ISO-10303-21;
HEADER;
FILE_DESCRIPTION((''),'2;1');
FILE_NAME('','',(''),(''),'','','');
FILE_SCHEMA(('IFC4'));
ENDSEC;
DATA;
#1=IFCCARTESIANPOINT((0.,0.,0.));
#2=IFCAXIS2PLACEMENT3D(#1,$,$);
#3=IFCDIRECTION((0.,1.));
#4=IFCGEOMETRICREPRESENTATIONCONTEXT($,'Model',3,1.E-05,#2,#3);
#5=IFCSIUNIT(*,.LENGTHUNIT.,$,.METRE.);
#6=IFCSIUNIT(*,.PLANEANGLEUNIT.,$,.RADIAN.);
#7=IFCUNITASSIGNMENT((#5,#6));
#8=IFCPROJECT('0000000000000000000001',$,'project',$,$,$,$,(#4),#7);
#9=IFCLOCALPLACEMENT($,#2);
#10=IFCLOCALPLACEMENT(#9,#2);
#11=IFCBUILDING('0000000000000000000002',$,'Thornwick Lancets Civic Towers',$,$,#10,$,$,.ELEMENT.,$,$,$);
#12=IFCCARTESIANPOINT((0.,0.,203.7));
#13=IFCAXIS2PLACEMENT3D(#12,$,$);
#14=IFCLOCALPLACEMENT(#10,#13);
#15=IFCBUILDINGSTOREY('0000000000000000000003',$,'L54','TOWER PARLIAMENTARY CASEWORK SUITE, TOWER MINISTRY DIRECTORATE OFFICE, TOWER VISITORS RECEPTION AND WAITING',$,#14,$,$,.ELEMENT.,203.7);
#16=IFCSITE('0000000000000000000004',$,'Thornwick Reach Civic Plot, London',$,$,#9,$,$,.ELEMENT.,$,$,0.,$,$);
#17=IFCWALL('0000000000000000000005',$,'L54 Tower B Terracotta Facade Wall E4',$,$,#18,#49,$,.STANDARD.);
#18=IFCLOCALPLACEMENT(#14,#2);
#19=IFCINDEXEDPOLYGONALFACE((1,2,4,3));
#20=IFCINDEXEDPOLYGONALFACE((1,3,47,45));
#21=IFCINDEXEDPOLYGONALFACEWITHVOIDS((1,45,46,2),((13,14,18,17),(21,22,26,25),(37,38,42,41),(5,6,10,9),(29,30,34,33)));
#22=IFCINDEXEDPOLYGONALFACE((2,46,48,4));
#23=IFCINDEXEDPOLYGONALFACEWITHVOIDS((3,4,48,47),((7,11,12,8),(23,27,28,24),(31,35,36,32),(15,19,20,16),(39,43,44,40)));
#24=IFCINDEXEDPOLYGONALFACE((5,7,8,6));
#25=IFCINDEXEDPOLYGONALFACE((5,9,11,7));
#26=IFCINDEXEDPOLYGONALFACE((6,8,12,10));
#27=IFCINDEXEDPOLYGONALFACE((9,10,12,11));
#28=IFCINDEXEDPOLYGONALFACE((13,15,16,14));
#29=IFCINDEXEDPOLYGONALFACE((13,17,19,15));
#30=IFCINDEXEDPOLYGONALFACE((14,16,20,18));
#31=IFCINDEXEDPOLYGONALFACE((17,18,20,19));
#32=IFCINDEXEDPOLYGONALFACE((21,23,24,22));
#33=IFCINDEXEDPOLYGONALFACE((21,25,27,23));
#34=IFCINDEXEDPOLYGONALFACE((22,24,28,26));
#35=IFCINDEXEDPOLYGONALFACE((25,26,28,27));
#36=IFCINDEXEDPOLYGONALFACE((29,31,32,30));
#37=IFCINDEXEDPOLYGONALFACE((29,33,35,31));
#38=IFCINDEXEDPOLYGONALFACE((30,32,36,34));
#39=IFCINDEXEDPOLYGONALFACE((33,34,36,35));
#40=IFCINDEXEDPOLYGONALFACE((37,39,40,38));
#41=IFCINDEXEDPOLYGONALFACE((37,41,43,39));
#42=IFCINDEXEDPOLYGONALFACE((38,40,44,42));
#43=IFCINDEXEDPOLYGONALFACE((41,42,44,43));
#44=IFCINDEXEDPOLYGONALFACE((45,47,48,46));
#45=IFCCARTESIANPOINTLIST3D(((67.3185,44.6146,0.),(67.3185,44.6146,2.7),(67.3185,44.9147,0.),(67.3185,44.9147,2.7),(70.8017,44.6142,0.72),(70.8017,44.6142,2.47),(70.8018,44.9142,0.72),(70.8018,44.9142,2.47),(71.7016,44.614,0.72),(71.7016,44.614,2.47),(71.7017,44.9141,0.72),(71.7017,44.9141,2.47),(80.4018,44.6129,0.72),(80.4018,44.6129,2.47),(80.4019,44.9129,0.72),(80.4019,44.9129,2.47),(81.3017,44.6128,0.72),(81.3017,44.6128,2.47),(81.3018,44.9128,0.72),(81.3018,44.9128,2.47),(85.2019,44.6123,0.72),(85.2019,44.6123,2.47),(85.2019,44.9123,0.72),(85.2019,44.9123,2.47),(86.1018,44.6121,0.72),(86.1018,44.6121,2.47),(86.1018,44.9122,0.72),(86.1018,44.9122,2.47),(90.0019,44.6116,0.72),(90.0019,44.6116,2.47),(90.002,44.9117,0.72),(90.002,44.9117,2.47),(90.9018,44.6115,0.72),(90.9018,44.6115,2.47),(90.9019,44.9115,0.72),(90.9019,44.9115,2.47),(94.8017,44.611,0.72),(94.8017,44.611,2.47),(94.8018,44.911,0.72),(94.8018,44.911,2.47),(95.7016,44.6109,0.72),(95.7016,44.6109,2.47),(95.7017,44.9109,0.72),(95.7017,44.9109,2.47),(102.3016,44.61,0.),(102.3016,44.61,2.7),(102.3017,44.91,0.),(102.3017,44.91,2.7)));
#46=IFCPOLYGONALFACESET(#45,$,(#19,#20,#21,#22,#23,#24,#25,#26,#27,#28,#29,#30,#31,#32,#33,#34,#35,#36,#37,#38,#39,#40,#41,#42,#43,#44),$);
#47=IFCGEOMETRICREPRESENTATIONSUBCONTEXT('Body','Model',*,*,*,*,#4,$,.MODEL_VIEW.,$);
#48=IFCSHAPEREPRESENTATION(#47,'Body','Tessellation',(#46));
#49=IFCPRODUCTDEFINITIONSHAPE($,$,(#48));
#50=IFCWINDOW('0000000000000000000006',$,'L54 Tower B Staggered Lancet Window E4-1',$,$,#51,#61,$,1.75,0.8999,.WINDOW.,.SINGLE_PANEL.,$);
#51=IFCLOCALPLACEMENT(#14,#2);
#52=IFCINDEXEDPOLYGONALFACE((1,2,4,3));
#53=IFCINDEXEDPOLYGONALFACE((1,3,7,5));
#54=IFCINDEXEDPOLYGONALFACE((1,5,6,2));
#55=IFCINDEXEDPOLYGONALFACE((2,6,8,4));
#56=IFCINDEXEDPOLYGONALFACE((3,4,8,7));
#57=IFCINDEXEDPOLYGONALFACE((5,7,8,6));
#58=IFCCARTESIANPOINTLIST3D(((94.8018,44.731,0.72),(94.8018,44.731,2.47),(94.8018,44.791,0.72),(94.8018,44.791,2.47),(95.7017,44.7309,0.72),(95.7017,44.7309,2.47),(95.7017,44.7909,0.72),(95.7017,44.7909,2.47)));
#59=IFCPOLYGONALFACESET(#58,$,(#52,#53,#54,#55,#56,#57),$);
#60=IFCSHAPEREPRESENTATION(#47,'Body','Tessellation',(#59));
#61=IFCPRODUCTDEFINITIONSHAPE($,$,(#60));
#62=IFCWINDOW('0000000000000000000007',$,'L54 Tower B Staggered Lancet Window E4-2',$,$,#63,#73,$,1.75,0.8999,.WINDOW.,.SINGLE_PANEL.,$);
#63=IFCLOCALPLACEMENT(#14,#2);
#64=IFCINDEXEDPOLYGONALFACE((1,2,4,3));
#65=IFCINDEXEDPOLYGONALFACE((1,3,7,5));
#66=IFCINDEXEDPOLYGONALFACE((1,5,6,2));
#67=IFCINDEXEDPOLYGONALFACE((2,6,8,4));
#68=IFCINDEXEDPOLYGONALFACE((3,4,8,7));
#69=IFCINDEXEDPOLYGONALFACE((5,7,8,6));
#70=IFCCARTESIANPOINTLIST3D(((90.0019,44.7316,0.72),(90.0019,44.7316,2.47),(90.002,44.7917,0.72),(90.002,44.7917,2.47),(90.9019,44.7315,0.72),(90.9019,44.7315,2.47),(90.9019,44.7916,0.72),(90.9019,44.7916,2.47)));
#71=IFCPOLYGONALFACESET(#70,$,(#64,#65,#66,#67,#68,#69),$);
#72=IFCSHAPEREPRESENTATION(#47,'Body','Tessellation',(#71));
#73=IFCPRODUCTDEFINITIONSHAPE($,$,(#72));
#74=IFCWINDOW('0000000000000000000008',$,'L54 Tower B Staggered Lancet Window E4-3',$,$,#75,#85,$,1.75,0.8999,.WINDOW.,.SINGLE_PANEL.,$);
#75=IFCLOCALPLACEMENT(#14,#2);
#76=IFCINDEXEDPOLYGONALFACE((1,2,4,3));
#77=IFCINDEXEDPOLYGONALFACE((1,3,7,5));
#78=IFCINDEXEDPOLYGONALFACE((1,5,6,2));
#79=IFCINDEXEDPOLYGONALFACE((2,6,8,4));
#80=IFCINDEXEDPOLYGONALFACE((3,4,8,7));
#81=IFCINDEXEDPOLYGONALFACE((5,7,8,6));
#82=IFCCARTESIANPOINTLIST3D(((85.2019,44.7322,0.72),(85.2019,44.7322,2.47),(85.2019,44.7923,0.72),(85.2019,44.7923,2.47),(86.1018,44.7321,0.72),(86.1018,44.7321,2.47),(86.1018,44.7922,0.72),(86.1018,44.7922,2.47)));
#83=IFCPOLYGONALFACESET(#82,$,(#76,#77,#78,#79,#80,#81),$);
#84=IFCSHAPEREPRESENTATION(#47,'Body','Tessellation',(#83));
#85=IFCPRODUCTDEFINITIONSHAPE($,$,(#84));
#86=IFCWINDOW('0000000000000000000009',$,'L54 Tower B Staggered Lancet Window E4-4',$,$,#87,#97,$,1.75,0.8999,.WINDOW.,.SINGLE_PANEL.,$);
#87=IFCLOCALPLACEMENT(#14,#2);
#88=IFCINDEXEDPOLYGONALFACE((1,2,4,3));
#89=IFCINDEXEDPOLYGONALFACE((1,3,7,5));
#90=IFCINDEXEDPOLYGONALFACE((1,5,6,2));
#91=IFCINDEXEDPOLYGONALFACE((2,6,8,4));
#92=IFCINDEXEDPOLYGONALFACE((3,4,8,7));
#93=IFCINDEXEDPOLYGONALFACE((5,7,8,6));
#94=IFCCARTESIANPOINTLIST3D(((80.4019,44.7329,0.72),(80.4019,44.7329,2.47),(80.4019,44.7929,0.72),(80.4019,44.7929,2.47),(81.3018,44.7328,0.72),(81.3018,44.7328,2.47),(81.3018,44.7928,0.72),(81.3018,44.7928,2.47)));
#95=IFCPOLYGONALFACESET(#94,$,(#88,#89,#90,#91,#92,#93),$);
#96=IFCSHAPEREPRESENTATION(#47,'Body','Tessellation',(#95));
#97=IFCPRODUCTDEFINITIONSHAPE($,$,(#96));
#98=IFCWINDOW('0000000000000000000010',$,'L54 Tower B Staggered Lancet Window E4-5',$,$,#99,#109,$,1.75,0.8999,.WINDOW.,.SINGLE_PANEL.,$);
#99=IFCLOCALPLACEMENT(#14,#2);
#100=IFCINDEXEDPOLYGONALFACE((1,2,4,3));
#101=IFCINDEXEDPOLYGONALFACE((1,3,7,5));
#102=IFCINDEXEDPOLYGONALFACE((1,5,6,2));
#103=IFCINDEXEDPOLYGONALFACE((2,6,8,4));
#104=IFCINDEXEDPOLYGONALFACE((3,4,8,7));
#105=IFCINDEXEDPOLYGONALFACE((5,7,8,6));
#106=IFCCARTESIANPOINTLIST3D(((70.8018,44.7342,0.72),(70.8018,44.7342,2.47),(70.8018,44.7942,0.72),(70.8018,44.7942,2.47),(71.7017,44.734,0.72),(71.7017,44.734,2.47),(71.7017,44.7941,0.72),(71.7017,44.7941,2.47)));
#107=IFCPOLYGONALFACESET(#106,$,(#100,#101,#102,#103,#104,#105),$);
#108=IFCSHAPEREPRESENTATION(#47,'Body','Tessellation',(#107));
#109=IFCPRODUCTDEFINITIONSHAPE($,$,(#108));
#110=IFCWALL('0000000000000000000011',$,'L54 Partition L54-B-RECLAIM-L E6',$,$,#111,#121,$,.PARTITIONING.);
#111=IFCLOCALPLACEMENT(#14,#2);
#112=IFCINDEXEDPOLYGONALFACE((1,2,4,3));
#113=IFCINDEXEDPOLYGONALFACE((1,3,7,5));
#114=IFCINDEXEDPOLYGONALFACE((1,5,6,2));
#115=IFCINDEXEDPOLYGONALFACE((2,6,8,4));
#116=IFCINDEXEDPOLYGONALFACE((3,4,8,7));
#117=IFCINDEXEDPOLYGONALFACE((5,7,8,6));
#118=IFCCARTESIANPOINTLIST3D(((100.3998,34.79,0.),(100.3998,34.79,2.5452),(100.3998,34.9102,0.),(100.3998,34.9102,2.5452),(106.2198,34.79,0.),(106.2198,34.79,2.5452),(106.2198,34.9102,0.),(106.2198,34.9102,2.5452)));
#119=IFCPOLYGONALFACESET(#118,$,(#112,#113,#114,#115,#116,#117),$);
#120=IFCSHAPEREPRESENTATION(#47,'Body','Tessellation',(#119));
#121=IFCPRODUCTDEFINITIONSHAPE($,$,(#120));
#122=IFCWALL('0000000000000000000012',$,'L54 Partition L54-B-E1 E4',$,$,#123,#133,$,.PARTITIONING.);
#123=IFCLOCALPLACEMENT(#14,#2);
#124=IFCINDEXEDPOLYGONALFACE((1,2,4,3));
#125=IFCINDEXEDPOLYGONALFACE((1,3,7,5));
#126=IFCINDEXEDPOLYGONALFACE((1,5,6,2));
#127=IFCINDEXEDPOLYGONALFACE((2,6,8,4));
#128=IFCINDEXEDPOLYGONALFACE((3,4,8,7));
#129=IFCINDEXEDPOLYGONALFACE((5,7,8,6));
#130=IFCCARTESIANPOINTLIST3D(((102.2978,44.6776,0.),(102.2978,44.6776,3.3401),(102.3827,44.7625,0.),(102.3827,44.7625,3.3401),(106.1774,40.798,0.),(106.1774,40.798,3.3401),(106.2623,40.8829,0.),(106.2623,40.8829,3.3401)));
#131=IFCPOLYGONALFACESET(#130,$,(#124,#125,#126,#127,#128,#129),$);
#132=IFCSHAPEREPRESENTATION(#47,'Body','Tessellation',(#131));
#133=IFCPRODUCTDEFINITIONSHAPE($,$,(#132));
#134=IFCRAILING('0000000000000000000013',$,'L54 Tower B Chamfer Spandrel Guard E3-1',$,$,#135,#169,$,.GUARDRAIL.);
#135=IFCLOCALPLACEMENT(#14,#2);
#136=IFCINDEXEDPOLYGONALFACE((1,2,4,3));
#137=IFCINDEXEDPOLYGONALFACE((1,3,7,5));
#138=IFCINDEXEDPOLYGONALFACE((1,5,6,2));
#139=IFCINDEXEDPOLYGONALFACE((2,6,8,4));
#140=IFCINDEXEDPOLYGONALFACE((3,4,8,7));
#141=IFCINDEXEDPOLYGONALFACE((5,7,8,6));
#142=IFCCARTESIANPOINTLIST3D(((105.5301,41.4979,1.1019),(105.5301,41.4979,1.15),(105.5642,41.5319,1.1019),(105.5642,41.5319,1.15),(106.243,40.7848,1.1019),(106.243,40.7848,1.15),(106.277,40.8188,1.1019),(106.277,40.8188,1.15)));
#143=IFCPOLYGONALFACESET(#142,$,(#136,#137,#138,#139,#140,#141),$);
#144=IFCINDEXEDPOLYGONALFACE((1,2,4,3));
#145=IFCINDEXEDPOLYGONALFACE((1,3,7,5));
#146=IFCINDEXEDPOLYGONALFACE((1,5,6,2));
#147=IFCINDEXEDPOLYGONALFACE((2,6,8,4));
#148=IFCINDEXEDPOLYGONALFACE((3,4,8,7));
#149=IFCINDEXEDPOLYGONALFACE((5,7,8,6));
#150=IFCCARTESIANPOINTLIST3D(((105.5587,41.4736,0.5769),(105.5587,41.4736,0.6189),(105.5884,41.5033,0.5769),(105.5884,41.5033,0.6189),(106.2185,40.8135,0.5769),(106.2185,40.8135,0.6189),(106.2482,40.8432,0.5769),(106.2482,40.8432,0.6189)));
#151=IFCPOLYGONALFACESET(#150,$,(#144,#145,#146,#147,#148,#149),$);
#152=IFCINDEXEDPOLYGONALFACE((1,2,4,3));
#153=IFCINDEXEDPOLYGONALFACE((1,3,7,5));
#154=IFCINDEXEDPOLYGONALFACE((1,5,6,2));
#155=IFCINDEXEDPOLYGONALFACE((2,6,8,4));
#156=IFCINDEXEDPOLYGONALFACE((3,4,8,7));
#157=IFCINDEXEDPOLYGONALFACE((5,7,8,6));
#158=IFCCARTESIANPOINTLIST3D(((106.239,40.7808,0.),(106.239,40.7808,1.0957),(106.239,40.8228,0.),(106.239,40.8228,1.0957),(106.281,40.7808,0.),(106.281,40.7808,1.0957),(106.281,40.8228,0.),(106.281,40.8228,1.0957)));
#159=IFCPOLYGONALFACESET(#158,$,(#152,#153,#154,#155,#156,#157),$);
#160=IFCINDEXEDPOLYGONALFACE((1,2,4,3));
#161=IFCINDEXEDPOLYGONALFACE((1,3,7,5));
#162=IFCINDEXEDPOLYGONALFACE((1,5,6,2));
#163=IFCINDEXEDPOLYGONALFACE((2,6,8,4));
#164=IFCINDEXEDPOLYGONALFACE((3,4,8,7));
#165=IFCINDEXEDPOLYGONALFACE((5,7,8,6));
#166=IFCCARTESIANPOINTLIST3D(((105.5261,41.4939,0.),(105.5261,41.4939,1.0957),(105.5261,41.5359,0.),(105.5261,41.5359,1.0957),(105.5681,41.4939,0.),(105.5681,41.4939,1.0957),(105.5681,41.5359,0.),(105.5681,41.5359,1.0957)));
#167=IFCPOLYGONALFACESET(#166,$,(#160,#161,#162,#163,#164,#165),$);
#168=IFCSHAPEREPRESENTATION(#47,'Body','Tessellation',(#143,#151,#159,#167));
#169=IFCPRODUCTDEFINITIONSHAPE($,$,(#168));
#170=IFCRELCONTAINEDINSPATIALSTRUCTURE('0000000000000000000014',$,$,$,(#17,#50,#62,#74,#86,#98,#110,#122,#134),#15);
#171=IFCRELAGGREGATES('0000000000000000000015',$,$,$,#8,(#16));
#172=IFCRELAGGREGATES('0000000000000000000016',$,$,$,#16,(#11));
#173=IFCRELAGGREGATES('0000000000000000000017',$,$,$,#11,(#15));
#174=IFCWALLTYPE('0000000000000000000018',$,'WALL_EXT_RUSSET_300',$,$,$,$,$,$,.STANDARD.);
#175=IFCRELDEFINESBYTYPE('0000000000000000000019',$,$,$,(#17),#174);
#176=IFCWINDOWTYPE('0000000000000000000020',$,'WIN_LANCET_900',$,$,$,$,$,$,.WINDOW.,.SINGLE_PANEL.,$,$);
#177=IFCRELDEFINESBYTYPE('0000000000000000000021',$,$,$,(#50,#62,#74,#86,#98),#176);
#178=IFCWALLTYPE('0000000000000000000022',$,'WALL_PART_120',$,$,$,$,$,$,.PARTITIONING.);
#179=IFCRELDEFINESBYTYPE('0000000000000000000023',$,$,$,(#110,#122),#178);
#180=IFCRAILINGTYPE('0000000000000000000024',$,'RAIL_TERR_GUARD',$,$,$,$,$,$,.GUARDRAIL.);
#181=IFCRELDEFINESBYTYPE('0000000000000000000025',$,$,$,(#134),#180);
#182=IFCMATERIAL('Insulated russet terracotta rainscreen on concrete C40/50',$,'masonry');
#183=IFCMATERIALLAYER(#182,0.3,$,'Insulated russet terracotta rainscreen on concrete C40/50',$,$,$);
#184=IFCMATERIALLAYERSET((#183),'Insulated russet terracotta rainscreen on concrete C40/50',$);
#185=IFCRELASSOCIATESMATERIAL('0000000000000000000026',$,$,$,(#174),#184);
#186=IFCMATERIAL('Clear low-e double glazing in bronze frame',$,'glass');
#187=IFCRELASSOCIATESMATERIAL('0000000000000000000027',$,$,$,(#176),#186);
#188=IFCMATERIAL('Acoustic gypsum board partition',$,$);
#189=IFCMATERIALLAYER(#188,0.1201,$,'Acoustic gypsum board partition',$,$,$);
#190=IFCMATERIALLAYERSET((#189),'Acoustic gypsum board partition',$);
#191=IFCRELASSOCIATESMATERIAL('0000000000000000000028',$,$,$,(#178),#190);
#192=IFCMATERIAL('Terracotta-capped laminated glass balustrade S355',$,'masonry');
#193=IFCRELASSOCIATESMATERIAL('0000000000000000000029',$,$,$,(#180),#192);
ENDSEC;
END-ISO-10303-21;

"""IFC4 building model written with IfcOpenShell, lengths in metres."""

from ifc_helpers import new_model, si_unit, direction, frame, frame_2d, origin, origin_2d, place, context, subcontext, project, spatial, rectangle, extrude, material, layer, layer_set, type_object, element, fill, save


model = new_model("IFC4")

# Units and contexts
model_context = context("Model", 3, precision=1e-05, world=origin(), true_north=direction((0.0, 1.0)))
body_context = subcontext(model_context, "Body", "Model", "MODEL_VIEW")
ifc_project = project(units=[si_unit("LENGTHUNIT", "METRE"), si_unit("PLANEANGLEUNIT", "RADIAN")], contexts=[model_context])

# Site, building, storey
site_placement = place(None, origin())
site = spatial("IfcSite", under=ifc_project, at=site_placement, Name="Thornwick Reach Civic Plot, London", CompositionType="ELEMENT", RefElevation=0.0)
building_placement = place(site_placement, origin())
building = spatial("IfcBuilding", under=site, at=building_placement, Name="Thornwick Lancets Civic Towers", CompositionType="ELEMENT")
storey_placement = place(building_placement, frame((0.0, 0.0, 203.7)))
storey = spatial("IfcBuildingStorey", under=building, at=storey_placement, Name="L54", Description="TOWER PARLIAMENTARY CASEWORK SUITE, TOWER MINISTRY DIRECTORATE OFFICE, TOWER VISITORS RECEPTION AND WAITING", CompositionType="ELEMENT", Elevation=203.7)

# Wall, openings, windows
ifc_material_1 = material(Name="Insulated russet terracotta rainscreen on concrete C40/50", Category="masonry")
ifc_layer_1 = layer(ifc_material_1, 0.3, Name="Insulated russet terracotta rainscreen on concrete C40/50")
ifc_layer_set_1 = layer_set([ifc_layer_1], Name="Insulated russet terracotta rainscreen on concrete C40/50")
wall_type_1 = type_object("IfcWallType", Name="WALL_EXT_RUSSET_300", PredefinedType="STANDARD", material=ifc_layer_set_1)
wall_1_placement = place(storey_placement, frame((102.3018, 44.76, 0.0), z_axis=(0.0, 0.0, 1.0), x_axis=(-1.0, 0.000133, 0.0)))
wall_1 = element("IfcWall", 1, at=wall_1_placement, inside=storey, type_object=wall_type_1, Name="L54 Tower B Terracotta Facade Wall E4", PredefinedType="STANDARD", context=body_context, shape_type="SweptSolid", body=[
    extrude(rectangle(XDim=34.9832, YDim=0.3, at=frame_2d((17.4917, 0.0))), origin(), (0.0, 0.0, 1.0), 2.7),
])
opening_1_placement = place(wall_1_placement, frame((6.6001, 0.0, 0.72)))
opening_1 = element("IfcOpeningElement", 2, at=opening_1_placement, cuts=wall_1, PredefinedType="OPENING", context=body_context, shape_type="SweptSolid", body=[
    extrude(rectangle(XDim=0.8999, YDim=1.75, at=frame_2d((0.45, 0.875))), frame((0.0, 0.1602, 0.0), z_axis=(0.0, -1.0, 0.0), x_axis=(1.0, 0.0, 0.0)), (0.0, 0.0, 1.0), 0.3201),
])
opening_2_placement = place(wall_1_placement, frame((11.3999, 0.0, 0.72)))
opening_2 = element("IfcOpeningElement", 3, at=opening_2_placement, cuts=wall_1, PredefinedType="OPENING", context=body_context, shape_type="SweptSolid", body=[
    extrude(rectangle(XDim=0.8999, YDim=1.75, at=frame_2d((0.45, 0.875))), frame((0.0, 0.1602, 0.0), z_axis=(0.0, -1.0, 0.0), x_axis=(1.0, 0.0, 0.0)), (0.0, 0.0, 1.0), 0.3201),
])
opening_3_placement = place(wall_1_placement, frame((16.2, 0.0, 0.72)))
opening_3 = element("IfcOpeningElement", 4, at=opening_3_placement, cuts=wall_1, PredefinedType="OPENING", context=body_context, shape_type="SweptSolid", body=[
    extrude(rectangle(XDim=0.8999, YDim=1.75, at=frame_2d((0.45, 0.875))), frame((0.0, 0.1602, 0.0), z_axis=(0.0, -1.0, 0.0), x_axis=(1.0, 0.0, 0.0)), (0.0, 0.0, 1.0), 0.3201),
])
opening_4_placement = place(wall_1_placement, frame((21.0, 0.0, 0.72)))
opening_4 = element("IfcOpeningElement", 5, at=opening_4_placement, cuts=wall_1, PredefinedType="OPENING", context=body_context, shape_type="SweptSolid", body=[
    extrude(rectangle(XDim=0.8999, YDim=1.75, at=frame_2d((0.45, 0.875))), frame((0.0, 0.1602, 0.0), z_axis=(0.0, -1.0, 0.0), x_axis=(1.0, 0.0, 0.0)), (0.0, 0.0, 1.0), 0.3201),
])
opening_5_placement = place(wall_1_placement, frame((30.6001, 0.0, 0.72)))
opening_5 = element("IfcOpeningElement", 6, at=opening_5_placement, cuts=wall_1, PredefinedType="OPENING", context=body_context, shape_type="SweptSolid", body=[
    extrude(rectangle(XDim=0.8999, YDim=1.75, at=frame_2d((0.45, 0.875))), frame((0.0, 0.1602, 0.0), z_axis=(0.0, -1.0, 0.0), x_axis=(1.0, 0.0, 0.0)), (0.0, 0.0, 1.0), 0.3201),
])
ifc_material_2 = material(Name="Clear low-e double glazing in bronze frame", Category="glass")
window_type = type_object("IfcWindowType", Name="WIN_LANCET_900", PartitioningType="SINGLE_PANEL", PredefinedType="WINDOW", material=ifc_material_2)
window_1_placement = place(opening_1_placement, origin())
window_1 = element("IfcWindow", 7, at=window_1_placement, inside=storey, type_object=window_type, Name="L54 Tower B Staggered Lancet Window E4-1", OverallHeight=1.75, OverallWidth=0.8999, PartitioningType="SINGLE_PANEL", PredefinedType="WINDOW", context=body_context, shape_type="SweptSolid", body=[
    extrude(rectangle(XDim=0.8999, YDim=1.75, at=frame_2d((0.45, 0.875))), frame((0.0, 0.03, 0.0), z_axis=(0.0, -1.0, 0.0), x_axis=(1.0, 0.0, 0.0)), (0.0, 0.0, 1.0), 0.0601),
])
fill(opening_1, window_1)
window_2_placement = place(opening_2_placement, origin())
window_2 = element("IfcWindow", 8, at=window_2_placement, inside=storey, type_object=window_type, Name="L54 Tower B Staggered Lancet Window E4-2", OverallHeight=1.75, OverallWidth=0.8999, PartitioningType="SINGLE_PANEL", PredefinedType="WINDOW", context=body_context, shape_type="SweptSolid", body=[
    extrude(rectangle(XDim=0.8999, YDim=1.75, at=frame_2d((0.45, 0.875))), frame((0.0, 0.03, 0.0), z_axis=(0.0, -1.0, 0.0), x_axis=(1.0, 0.0, 0.0)), (0.0, 0.0, 1.0), 0.0601),
])
fill(opening_2, window_2)
window_3_placement = place(opening_3_placement, origin())
window_3 = element("IfcWindow", 9, at=window_3_placement, inside=storey, type_object=window_type, Name="L54 Tower B Staggered Lancet Window E4-3", OverallHeight=1.75, OverallWidth=0.8999, PartitioningType="SINGLE_PANEL", PredefinedType="WINDOW", context=body_context, shape_type="SweptSolid", body=[
    extrude(rectangle(XDim=0.8999, YDim=1.75, at=frame_2d((0.45, 0.875))), frame((0.0, 0.03, 0.0), z_axis=(0.0, -1.0, 0.0), x_axis=(1.0, 0.0, 0.0)), (0.0, 0.0, 1.0), 0.0601),
])
fill(opening_3, window_3)
window_4_placement = place(opening_4_placement, origin())
window_4 = element("IfcWindow", 10, at=window_4_placement, inside=storey, type_object=window_type, Name="L54 Tower B Staggered Lancet Window E4-4", OverallHeight=1.75, OverallWidth=0.8999, PartitioningType="SINGLE_PANEL", PredefinedType="WINDOW", context=body_context, shape_type="SweptSolid", body=[
    extrude(rectangle(XDim=0.8999, YDim=1.75, at=frame_2d((0.45, 0.875))), frame((0.0, 0.03, 0.0), z_axis=(0.0, -1.0, 0.0), x_axis=(1.0, 0.0, 0.0)), (0.0, 0.0, 1.0), 0.0601),
])
fill(opening_4, window_4)
window_5_placement = place(opening_5_placement, origin())
window_5 = element("IfcWindow", 11, at=window_5_placement, inside=storey, type_object=window_type, Name="L54 Tower B Staggered Lancet Window E4-5", OverallHeight=1.75, OverallWidth=0.8999, PartitioningType="SINGLE_PANEL", PredefinedType="WINDOW", context=body_context, shape_type="SweptSolid", body=[
    extrude(rectangle(XDim=0.8999, YDim=1.75, at=frame_2d((0.45, 0.875))), frame((0.0, 0.03, 0.0), z_axis=(0.0, -1.0, 0.0), x_axis=(1.0, 0.0, 0.0)), (0.0, 0.0, 1.0), 0.0601),
])
fill(opening_5, window_5)

# Walls
ifc_material_3 = material(Name="Acoustic gypsum board partition")
ifc_layer_2 = layer(ifc_material_3, 0.1201, Name="Acoustic gypsum board partition")
ifc_layer_set_2 = layer_set([ifc_layer_2], Name="Acoustic gypsum board partition")
wall_type_2 = type_object("IfcWallType", Name="WALL_PART_120", PredefinedType="PARTITIONING", material=ifc_layer_set_2)
wall_2_placement = place(storey_placement, frame((106.22, 34.8501, 0.0), z_axis=(0.0, 0.0, 1.0), x_axis=(-1.0, 0.0, 0.0)))
element("IfcWall", 12, at=wall_2_placement, inside=storey, type_object=wall_type_2, Name="L54 Partition L54-B-RECLAIM-L E6", PredefinedType="PARTITIONING", context=body_context, shape_type="SweptSolid", body=[
    extrude(rectangle(XDim=5.8201, YDim=0.1201, at=frame_2d((2.9102, 0.0))), origin(), (0.0, 0.0, 1.0), 2.5452),
])
wall_3_placement = place(storey_placement, frame((102.3403, 44.72, 0.0), z_axis=(0.0, 0.0, 1.0), x_axis=(0.707107, -0.707107, 0.0)))
element("IfcWall", 13, at=wall_3_placement, inside=storey, type_object=wall_type_2, Name="L54 Partition L54-B-E1 E4", PredefinedType="PARTITIONING", context=body_context, shape_type="SweptSolid", body=[
    extrude(rectangle(XDim=5.4866, YDim=0.1201, at=frame_2d((2.7432, 0.0))), origin(), (0.0, 0.0, 1.0), 3.3401),
])

# Railing
ifc_material_4 = material(Name="Terracotta-capped laminated glass balustrade S355", Category="masonry")
railing_type = type_object("IfcRailingType", Name="RAIL_TERR_GUARD", PredefinedType="GUARDRAIL", material=ifc_material_4)
railing_1_placement = place(storey_placement, frame((106.26, 40.8018, 0.0)))
element("IfcRailing", 14, at=railing_1_placement, inside=storey, type_object=railing_type, Name="L54 Tower B Chamfer Spandrel Guard E3-1", PredefinedType="GUARDRAIL", context=body_context, shape_type="SweptSolid", body=[
    extrude(rectangle(XDim=0.0481, YDim=0.0481, at=origin_2d()), frame((0.0, 0.0, 1.126), z_axis=(-0.706986, 0.707228, 0.0), x_axis=(-0.707228, -0.706986, 0.0)), (0.0, 0.0, 1.0), 1.0083),
    extrude(rectangle(XDim=0.042, YDim=0.042, at=origin_2d()), frame((-0.0266, 0.0266, 0.5979), z_axis=(-0.706986, 0.707228, 0.0), x_axis=(-0.707228, -0.706986, 0.0)), (0.0, 0.0, 1.0), 0.9333),
    extrude(rectangle(XDim=0.042, YDim=0.042, at=origin_2d()), origin(), (0.0, 0.0, 1.0), 1.0957),
    extrude(rectangle(XDim=0.042, YDim=0.042, at=origin_2d()), frame((-0.7129, 0.7131, 0.0)), (0.0, 0.0, 1.0), 1.0957),
])

save(model, "model.ifc")
